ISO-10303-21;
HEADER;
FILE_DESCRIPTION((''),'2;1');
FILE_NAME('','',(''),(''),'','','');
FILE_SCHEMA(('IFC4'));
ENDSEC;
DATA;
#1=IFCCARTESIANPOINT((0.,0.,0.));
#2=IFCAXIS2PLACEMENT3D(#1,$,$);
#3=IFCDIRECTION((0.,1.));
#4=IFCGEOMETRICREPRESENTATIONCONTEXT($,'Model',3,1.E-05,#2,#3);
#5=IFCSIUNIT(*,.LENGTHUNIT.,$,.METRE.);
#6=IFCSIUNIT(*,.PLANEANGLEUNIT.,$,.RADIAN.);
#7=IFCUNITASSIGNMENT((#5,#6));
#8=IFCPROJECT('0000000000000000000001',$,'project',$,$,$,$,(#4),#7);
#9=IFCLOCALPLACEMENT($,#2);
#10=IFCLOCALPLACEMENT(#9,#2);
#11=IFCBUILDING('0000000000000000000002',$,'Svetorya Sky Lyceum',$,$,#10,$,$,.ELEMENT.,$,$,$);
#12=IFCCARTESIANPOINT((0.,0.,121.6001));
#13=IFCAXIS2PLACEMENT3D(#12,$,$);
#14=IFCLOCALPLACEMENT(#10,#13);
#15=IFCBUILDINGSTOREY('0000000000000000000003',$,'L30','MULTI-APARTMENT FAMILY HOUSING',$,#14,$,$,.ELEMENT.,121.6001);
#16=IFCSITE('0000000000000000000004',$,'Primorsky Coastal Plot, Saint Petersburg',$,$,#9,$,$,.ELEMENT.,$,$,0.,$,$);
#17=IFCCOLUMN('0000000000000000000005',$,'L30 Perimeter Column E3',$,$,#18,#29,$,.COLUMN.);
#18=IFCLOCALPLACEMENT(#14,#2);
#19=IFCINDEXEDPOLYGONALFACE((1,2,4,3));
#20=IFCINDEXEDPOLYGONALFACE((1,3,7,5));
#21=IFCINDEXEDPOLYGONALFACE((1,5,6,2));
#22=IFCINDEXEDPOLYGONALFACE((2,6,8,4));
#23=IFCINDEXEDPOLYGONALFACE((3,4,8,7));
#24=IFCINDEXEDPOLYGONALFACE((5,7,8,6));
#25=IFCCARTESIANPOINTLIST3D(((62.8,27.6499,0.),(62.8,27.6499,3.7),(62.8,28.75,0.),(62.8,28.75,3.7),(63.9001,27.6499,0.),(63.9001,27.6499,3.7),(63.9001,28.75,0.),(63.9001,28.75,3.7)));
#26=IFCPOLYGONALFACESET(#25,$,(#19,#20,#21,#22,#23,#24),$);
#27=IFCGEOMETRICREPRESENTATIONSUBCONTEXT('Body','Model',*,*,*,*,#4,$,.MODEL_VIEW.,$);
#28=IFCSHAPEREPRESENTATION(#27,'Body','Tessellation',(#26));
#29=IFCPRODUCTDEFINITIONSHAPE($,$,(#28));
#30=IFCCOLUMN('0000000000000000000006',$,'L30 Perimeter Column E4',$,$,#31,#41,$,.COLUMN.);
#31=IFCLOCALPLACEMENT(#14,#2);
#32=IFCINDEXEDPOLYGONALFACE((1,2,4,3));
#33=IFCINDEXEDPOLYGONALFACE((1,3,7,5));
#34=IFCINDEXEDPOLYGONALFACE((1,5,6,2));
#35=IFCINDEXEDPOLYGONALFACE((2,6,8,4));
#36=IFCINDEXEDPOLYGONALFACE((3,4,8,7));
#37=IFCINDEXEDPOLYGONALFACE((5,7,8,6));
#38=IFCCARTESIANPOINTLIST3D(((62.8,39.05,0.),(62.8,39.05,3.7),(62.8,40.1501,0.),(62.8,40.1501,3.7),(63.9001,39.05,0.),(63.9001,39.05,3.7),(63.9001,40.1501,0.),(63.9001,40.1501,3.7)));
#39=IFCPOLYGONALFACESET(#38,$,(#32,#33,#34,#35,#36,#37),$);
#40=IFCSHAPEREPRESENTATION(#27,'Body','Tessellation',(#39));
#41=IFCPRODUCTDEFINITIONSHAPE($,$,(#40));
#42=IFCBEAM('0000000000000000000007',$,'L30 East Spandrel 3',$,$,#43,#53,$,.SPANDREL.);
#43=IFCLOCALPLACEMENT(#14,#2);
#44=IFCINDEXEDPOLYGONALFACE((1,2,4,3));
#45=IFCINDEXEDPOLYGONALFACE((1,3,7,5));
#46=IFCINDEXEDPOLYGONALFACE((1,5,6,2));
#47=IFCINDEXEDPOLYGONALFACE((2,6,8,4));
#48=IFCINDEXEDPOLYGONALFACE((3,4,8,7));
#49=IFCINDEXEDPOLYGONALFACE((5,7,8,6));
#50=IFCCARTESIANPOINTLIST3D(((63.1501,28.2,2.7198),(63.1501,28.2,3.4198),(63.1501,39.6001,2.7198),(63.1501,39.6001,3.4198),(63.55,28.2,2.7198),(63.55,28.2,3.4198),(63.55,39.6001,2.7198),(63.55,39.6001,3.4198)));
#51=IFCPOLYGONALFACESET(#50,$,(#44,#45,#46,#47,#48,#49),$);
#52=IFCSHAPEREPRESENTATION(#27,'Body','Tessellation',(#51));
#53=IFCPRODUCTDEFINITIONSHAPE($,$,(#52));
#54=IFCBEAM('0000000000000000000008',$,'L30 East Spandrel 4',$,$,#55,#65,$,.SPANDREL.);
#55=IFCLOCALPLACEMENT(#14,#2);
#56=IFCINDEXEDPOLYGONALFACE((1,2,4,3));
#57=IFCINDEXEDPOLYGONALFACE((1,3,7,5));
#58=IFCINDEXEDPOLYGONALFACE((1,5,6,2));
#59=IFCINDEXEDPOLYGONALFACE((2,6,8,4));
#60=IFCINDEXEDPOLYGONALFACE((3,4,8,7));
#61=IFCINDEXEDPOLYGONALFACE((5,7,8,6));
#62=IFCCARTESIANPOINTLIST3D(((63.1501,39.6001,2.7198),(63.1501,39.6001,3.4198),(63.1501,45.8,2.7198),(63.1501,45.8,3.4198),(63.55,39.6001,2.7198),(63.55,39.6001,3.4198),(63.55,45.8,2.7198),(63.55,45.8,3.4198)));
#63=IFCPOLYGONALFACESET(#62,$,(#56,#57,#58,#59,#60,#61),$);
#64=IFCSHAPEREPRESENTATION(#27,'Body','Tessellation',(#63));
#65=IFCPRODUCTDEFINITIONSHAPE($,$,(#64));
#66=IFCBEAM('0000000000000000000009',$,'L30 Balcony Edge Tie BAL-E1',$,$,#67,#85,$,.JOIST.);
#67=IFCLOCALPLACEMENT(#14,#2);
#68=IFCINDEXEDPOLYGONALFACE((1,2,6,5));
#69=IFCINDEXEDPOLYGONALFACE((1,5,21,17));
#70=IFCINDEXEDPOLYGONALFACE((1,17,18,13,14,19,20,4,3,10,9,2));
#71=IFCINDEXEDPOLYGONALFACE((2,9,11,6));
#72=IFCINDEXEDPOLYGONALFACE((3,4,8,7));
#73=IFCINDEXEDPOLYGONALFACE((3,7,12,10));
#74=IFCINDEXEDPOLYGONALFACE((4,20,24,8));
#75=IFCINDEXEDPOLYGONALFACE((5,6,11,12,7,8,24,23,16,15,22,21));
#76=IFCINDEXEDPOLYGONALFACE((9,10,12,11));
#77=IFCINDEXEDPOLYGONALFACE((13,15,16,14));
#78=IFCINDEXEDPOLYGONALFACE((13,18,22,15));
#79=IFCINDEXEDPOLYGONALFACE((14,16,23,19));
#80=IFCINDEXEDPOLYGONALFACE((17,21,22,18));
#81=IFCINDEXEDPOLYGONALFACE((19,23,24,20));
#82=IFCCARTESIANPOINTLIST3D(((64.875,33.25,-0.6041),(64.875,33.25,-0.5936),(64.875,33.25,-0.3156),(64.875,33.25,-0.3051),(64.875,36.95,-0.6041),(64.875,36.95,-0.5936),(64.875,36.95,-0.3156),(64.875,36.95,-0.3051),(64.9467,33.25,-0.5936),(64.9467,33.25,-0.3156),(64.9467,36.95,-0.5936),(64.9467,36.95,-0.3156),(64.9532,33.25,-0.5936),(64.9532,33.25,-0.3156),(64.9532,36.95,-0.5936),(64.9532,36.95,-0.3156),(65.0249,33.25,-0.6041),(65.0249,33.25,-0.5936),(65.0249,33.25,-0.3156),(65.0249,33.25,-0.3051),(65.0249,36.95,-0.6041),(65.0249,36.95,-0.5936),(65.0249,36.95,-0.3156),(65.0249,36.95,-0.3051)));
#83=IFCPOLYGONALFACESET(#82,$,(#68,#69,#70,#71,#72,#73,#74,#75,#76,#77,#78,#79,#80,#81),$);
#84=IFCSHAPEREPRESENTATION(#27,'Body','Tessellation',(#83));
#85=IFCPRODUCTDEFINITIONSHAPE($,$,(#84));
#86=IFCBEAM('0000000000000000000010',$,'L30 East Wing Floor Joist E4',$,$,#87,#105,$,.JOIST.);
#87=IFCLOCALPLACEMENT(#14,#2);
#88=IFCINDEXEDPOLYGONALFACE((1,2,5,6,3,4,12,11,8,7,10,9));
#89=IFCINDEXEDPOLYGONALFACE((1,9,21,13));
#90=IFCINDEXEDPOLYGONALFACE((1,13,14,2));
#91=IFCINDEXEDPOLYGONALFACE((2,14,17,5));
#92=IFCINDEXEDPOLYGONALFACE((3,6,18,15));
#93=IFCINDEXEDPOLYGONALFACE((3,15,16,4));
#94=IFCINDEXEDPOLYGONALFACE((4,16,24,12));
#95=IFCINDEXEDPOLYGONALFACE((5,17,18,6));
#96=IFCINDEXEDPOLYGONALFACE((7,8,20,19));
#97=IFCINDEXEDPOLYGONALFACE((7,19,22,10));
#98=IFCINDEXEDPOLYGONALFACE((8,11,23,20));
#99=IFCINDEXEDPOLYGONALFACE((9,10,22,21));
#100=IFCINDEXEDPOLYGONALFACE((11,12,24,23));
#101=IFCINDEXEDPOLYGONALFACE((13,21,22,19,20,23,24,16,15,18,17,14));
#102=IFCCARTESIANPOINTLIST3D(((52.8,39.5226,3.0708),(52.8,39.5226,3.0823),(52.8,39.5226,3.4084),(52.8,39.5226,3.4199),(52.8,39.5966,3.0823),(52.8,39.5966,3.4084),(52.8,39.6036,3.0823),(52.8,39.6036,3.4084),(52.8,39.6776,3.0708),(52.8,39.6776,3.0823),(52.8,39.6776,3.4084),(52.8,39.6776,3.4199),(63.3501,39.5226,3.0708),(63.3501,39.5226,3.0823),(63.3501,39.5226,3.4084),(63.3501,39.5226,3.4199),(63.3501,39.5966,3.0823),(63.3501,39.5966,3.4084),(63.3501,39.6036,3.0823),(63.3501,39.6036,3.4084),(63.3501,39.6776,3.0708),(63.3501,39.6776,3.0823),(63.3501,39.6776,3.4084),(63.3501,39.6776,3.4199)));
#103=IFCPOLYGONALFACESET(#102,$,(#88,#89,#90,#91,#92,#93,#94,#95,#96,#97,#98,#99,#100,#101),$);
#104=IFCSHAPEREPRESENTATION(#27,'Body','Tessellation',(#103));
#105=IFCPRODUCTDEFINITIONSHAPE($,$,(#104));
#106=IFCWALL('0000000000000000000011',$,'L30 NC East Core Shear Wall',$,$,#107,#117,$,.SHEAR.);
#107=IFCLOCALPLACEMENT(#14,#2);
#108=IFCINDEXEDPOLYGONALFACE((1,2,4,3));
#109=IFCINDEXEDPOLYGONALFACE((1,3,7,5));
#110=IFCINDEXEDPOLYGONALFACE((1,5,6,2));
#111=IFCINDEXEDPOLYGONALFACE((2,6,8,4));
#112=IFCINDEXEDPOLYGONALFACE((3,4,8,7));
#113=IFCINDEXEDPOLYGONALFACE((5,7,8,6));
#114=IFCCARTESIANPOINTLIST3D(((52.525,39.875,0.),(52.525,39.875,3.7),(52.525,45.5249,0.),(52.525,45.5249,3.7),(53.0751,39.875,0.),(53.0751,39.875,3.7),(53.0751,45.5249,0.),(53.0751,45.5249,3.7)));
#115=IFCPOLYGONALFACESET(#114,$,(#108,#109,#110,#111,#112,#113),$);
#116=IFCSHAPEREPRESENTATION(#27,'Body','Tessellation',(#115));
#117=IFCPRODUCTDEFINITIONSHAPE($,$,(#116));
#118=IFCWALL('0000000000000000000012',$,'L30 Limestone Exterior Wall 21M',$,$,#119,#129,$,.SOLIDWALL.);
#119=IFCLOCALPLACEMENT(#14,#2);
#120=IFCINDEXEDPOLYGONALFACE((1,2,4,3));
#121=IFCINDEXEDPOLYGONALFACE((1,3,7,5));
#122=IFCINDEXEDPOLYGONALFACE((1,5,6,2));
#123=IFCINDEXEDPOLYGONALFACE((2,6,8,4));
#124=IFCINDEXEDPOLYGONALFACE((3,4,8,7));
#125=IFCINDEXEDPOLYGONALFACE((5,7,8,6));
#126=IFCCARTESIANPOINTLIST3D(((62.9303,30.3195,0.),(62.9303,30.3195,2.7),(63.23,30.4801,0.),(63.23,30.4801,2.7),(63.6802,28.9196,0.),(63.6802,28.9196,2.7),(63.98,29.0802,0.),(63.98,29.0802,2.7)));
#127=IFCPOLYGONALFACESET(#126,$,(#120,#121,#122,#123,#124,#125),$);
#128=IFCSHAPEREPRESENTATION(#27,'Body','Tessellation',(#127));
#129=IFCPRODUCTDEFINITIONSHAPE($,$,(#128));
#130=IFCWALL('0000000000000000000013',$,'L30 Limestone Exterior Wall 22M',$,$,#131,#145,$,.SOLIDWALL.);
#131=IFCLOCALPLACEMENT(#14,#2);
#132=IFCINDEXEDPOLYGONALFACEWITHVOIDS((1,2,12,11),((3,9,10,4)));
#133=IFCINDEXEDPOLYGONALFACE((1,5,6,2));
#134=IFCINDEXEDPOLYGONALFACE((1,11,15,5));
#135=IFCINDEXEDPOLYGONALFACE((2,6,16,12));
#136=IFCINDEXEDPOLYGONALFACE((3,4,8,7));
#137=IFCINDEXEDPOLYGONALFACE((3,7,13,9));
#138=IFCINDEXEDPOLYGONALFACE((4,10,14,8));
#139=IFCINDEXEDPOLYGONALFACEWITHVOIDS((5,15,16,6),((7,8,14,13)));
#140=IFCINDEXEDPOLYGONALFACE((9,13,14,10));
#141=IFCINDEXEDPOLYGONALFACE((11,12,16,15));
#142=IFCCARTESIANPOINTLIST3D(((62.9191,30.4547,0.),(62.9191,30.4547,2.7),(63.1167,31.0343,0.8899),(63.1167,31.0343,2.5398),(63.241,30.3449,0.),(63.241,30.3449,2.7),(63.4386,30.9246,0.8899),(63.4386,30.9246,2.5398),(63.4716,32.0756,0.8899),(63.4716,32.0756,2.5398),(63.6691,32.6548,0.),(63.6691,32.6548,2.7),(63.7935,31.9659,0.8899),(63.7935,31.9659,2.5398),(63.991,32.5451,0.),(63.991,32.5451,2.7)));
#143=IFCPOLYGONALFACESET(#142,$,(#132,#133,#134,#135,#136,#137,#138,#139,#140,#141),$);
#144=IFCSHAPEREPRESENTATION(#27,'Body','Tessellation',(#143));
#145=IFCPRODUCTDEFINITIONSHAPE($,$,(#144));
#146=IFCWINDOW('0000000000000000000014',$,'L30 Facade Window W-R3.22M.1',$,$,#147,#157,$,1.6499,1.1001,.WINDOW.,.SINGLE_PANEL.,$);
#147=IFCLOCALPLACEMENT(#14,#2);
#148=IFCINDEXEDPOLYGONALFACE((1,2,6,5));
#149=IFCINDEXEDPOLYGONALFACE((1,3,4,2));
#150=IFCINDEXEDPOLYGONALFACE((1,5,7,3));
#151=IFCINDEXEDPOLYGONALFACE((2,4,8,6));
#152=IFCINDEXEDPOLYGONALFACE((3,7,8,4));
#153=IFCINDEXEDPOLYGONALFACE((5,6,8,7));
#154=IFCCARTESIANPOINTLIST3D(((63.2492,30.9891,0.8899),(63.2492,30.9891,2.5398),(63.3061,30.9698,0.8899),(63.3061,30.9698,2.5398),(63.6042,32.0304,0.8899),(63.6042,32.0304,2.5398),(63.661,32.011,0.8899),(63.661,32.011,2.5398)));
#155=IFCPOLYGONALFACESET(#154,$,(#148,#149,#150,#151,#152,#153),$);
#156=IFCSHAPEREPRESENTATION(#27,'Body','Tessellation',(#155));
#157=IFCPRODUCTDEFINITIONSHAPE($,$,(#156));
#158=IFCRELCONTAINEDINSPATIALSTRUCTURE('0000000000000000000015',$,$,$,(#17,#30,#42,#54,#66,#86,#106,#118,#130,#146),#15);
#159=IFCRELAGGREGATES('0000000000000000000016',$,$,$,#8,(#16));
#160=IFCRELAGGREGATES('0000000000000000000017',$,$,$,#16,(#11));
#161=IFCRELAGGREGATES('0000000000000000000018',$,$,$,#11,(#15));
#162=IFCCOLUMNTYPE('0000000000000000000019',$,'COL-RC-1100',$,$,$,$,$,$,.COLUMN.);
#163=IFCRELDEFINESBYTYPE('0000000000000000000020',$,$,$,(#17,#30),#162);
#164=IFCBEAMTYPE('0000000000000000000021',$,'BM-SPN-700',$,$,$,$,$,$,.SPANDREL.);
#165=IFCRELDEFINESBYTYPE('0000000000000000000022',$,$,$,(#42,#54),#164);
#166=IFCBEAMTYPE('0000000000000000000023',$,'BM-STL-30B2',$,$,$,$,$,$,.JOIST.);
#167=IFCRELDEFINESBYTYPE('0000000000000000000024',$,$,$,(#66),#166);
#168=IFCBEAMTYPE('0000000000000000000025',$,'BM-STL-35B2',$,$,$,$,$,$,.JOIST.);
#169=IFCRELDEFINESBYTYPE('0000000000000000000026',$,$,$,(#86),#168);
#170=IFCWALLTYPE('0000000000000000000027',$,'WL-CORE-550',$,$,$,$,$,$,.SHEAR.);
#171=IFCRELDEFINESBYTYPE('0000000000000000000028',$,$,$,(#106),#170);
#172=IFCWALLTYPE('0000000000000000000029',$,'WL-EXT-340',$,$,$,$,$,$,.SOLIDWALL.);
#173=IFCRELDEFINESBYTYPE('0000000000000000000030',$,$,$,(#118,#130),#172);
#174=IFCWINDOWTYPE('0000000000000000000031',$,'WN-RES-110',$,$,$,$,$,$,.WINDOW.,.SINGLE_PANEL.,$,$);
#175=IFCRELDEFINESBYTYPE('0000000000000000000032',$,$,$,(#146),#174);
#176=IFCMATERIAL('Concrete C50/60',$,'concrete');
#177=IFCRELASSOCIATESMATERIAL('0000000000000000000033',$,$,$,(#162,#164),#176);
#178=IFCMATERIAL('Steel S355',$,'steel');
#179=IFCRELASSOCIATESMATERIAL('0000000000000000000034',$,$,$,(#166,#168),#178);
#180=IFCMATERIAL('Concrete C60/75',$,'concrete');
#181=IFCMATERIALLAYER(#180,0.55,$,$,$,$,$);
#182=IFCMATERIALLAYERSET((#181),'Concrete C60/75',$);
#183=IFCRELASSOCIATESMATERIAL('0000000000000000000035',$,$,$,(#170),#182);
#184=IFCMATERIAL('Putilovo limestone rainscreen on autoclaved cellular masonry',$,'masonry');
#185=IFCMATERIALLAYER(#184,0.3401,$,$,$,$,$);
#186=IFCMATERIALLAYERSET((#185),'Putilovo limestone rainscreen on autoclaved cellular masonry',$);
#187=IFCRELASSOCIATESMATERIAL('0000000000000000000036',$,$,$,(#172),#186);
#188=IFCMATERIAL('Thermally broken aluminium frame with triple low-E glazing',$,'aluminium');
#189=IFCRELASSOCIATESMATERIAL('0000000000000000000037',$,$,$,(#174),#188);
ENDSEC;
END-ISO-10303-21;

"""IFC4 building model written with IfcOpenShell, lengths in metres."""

from ifc_helpers import new_model, si_unit, direction, frame, frame_2d, origin, origin_2d, place, context, subcontext, project, spatial, rectangle, i_section, extrude, material, layer, layer_set, material_profile, profile_set, type_object, element, fill, save


model = new_model("IFC4")

# Units and contexts
model_context = context("Model", 3, precision=1e-05, world=origin(), true_north=direction((0.0, 1.0)))
body_context = subcontext(model_context, "Body", "Model", "MODEL_VIEW")
ifc_project = project(units=[si_unit("LENGTHUNIT", "METRE"), si_unit("PLANEANGLEUNIT", "RADIAN")], contexts=[model_context])

# Site, building, storey
site_placement = place(None, origin())
site = spatial("IfcSite", under=ifc_project, at=site_placement, Name="Primorsky Coastal Plot, Saint Petersburg", CompositionType="ELEMENT", RefElevation=0.0)
building_placement = place(site_placement, origin())
building = spatial("IfcBuilding", under=site, at=building_placement, Name="Svetorya Sky Lyceum", CompositionType="ELEMENT")
storey_placement = place(building_placement, frame((0.0, 0.0, 121.6001)))
storey = spatial("IfcBuildingStorey", under=building, at=storey_placement, Name="L30", Description="MULTI-APARTMENT FAMILY HOUSING", CompositionType="ELEMENT", Elevation=121.6001)

# Columns
ifc_material_1 = material(Name="Concrete C50/60", Category="concrete")
ifc_material_profile_1 = material_profile(ifc_material_1, rectangle(XDim=1.1001, YDim=1.1001, at=origin_2d()), Name="RC COL 1100x1100")
ifc_profile_set_1 = profile_set([ifc_material_profile_1], Name="Concrete C50/60")
column_type = type_object("IfcColumnType", Name="COL-RC-1100", PredefinedType="COLUMN", material=ifc_profile_set_1)
for number, where, z_axis, x_axis, name in (
    (1, (63.3501, 28.2, 0.0), (0.0, 0.0, 1.0), (1.0, 0.0, 0.0), "L30 Perimeter Column E3"),
    (2, (63.3501, 39.6001, 0.0), (0.0, 0.0, 1.0), (1.0, 0.0, 0.0), "L30 Perimeter Column E4"),
):
    element("IfcColumn", number, at=place(storey_placement, frame(where, z_axis=z_axis, x_axis=x_axis)), inside=storey, type_object=column_type, Name=name, PredefinedType="COLUMN", context=body_context, shape_type="SweptSolid", body=[
        extrude(rectangle(XDim=1.1001, YDim=1.1001, at=origin_2d()), origin(), (0.0, 0.0, 1.0), 3.7),
    ])

# Beams
ifc_material_profile_2 = material_profile(ifc_material_1, rectangle(XDim=0.3999, YDim=0.7, at=origin_2d()), Name="RC SPANDREL 400x700")
ifc_profile_set_2 = profile_set([ifc_material_profile_2], Name="Concrete C50/60")
beam_type_1 = type_object("IfcBeamType", Name="BM-SPN-700", PredefinedType="SPANDREL", material=ifc_profile_set_2)
beam_1_placement = place(storey_placement, frame((63.3501, 28.2, 3.0698), z_axis=(0.0, 1.0, 0.0), x_axis=(-1.0, 0.0, 0.0)))
element("IfcBeam", 3, at=beam_1_placement, inside=storey, type_object=beam_type_1, Name="L30 East Spandrel 3", PredefinedType="SPANDREL", context=body_context, shape_type="SweptSolid", body=[
    extrude(rectangle(XDim=0.3999, YDim=0.7, at=origin_2d()), origin(), (0.0, 0.0, 1.0), 11.4001),
])
beam_2_placement = place(storey_placement, frame((63.3501, 39.6001, 3.0698), z_axis=(0.0, 1.0, 0.0), x_axis=(-1.0, 0.0, 0.0)))
element("IfcBeam", 4, at=beam_2_placement, inside=storey, type_object=beam_type_1, Name="L30 East Spandrel 4", PredefinedType="SPANDREL", context=body_context, shape_type="SweptSolid", body=[
    extrude(rectangle(XDim=0.3999, YDim=0.7, at=origin_2d()), origin(), (0.0, 0.0, 1.0), 6.2),
])
ifc_material_2 = material(Name="Steel S355", Category="steel")
ifc_material_profile_3 = material_profile(ifc_material_2, i_section(OverallWidth=0.1499, OverallDepth=0.2991, WebThickness=0.0066, FlangeThickness=0.0105, at=origin_2d()), Name="GOST 30B2")
ifc_profile_set_3 = profile_set([ifc_material_profile_3], Name="Steel S355")
beam_type_2 = type_object("IfcBeamType", Name="BM-STL-30B2", PredefinedType="JOIST", material=ifc_profile_set_3)
beam_3_placement = place(storey_placement, frame((64.95, 33.25, -0.4546), z_axis=(0.0, 1.0, 0.0), x_axis=(-1.0, 0.0, 0.0)))
element("IfcBeam", 5, at=beam_3_placement, inside=storey, type_object=beam_type_2, Name="L30 Balcony Edge Tie BAL-E1", PredefinedType="JOIST", context=body_context, shape_type="SweptSolid", body=[
    extrude(i_section(OverallWidth=0.1499, OverallDepth=0.2991, WebThickness=0.0066, FlangeThickness=0.0105, at=origin_2d()), origin(), (0.0, 0.0, 1.0), 3.7),
])
ifc_material_profile_4 = material_profile(ifc_material_2, i_section(OverallWidth=0.155, OverallDepth=0.3491, WebThickness=0.0071, FlangeThickness=0.0115, at=origin_2d()), Name="GOST 35B2")
ifc_profile_set_4 = profile_set([ifc_material_profile_4], Name="Steel S355")
beam_type_3 = type_object("IfcBeamType", Name="BM-STL-35B2", PredefinedType="JOIST", material=ifc_profile_set_4)
beam_4_placement = place(storey_placement, frame((52.8, 39.6001, 3.2454), z_axis=(1.0, 0.0, 0.0), x_axis=(0.0, 1.0, 0.0)))
element("IfcBeam", 6, at=beam_4_placement, inside=storey, type_object=beam_type_3, Name="L30 East Wing Floor Joist E4", PredefinedType="JOIST", context=body_context, shape_type="SweptSolid", body=[
    extrude(i_section(OverallWidth=0.155, OverallDepth=0.3491, WebThickness=0.0071, FlangeThickness=0.0115, at=origin_2d()), origin(), (0.0, 0.0, 1.0), 10.55),
])

# Walls
ifc_material_3 = material(Name="Concrete C60/75", Category="concrete")
ifc_layer_1 = layer(ifc_material_3, 0.55)
ifc_layer_set_1 = layer_set([ifc_layer_1], Name="Concrete C60/75")
wall_type_1 = type_object("IfcWallType", Name="WL-CORE-550", PredefinedType="SHEAR", material=ifc_layer_set_1)
wall_1_placement = place(storey_placement, frame((52.8, 39.875, 0.0), z_axis=(0.0, 0.0, 1.0), x_axis=(0.0, 1.0, 0.0)))
element("IfcWall", 7, at=wall_1_placement, inside=storey, type_object=wall_type_1, Name="L30 NC East Core Shear Wall", PredefinedType="SHEAR", context=body_context, shape_type="SweptSolid", body=[
    extrude(rectangle(XDim=5.6499, YDim=0.55, at=frame_2d((2.825, 0.0))), origin(), (0.0, 0.0, 1.0), 3.7),
])
ifc_material_4 = material(Name="Putilovo limestone rainscreen on autoclaved cellular masonry", Category="masonry")
ifc_layer_2 = layer(ifc_material_4, 0.3401)
ifc_layer_set_2 = layer_set([ifc_layer_2], Name="Putilovo limestone rainscreen on autoclaved cellular masonry")
wall_type_2 = type_object("IfcWallType", Name="WL-EXT-340", PredefinedType="SOLIDWALL", material=ifc_layer_set_2)
wall_2_placement = place(storey_placement, frame((63.8301, 29.0, 0.0), z_axis=(0.0, 0.0, 1.0), x_axis=(-0.472247, 0.881466, 0.0)))
element("IfcWall", 8, at=wall_2_placement, inside=storey, type_object=wall_type_2, Name="L30 Limestone Exterior Wall 21M", PredefinedType="SOLIDWALL", context=body_context, shape_type="SweptSolid", body=[
    extrude(rectangle(XDim=1.5881, YDim=0.3401, at=frame_2d((0.7939, 0.0))), origin(), (0.0, 0.0, 1.0), 2.7),
])

# Wall, opening, window
wall_3_placement = place(storey_placement, frame((63.0801, 30.3999, 0.0), z_axis=(0.0, 0.0, 1.0), x_axis=(0.322648, 0.946519, 0.0)))
wall_3 = element("IfcWall", 9, at=wall_3_placement, inside=storey, type_object=wall_type_2, Name="L30 Limestone Exterior Wall 22M", PredefinedType="SOLIDWALL", context=body_context, shape_type="SweptSolid", body=[
    extrude(rectangle(XDim=2.3245, YDim=0.3401, at=frame_2d((1.1621, 0.0))), origin(), (0.0, 0.0, 1.0), 2.7),
])
opening_1_placement = place(wall_3_placement, frame((0.6123, 0.0, 0.8899)))
opening_1 = element("IfcOpeningElement", 10, at=opening_1_placement, cuts=wall_3, PredefinedType="OPENING", context=body_context, shape_type="SweptSolid", body=[
    extrude(rectangle(XDim=1.1001, YDim=1.6499, at=frame_2d((0.55, 0.825))), frame((0.0, 0.1799, 0.0), z_axis=(0.0, -1.0, 0.0), x_axis=(1.0, 0.0, 0.0)), (0.0, 0.0, 1.0), 0.3601),
])
ifc_material_5 = material(Name="Thermally broken aluminium frame with triple low-E glazing", Category="aluminium")
window_type_1 = type_object("IfcWindowType", Name="WN-RES-110", PartitioningType="SINGLE_PANEL", PredefinedType="WINDOW", material=ifc_material_5)
window_1_placement = place(opening_1_placement, origin())
window_1 = element("IfcWindow", 11, at=window_1_placement, inside=storey, type_object=window_type_1, Name="L30 Facade Window W-R3.22M.1", OverallHeight=1.6499, OverallWidth=1.1001, PartitioningType="SINGLE_PANEL", PredefinedType="WINDOW", context=body_context, shape_type="SweptSolid", body=[
    extrude(rectangle(XDim=1.1001, YDim=1.6499, at=frame_2d((0.55, 0.825))), frame((0.0, 0.03, 0.0), z_axis=(0.0, -1.0, 0.0), x_axis=(1.0, 0.0, 0.0)), (0.0, 0.0, 1.0), 0.0601),
])
fill(opening_1, window_1)

save(model, "model.ifc")
